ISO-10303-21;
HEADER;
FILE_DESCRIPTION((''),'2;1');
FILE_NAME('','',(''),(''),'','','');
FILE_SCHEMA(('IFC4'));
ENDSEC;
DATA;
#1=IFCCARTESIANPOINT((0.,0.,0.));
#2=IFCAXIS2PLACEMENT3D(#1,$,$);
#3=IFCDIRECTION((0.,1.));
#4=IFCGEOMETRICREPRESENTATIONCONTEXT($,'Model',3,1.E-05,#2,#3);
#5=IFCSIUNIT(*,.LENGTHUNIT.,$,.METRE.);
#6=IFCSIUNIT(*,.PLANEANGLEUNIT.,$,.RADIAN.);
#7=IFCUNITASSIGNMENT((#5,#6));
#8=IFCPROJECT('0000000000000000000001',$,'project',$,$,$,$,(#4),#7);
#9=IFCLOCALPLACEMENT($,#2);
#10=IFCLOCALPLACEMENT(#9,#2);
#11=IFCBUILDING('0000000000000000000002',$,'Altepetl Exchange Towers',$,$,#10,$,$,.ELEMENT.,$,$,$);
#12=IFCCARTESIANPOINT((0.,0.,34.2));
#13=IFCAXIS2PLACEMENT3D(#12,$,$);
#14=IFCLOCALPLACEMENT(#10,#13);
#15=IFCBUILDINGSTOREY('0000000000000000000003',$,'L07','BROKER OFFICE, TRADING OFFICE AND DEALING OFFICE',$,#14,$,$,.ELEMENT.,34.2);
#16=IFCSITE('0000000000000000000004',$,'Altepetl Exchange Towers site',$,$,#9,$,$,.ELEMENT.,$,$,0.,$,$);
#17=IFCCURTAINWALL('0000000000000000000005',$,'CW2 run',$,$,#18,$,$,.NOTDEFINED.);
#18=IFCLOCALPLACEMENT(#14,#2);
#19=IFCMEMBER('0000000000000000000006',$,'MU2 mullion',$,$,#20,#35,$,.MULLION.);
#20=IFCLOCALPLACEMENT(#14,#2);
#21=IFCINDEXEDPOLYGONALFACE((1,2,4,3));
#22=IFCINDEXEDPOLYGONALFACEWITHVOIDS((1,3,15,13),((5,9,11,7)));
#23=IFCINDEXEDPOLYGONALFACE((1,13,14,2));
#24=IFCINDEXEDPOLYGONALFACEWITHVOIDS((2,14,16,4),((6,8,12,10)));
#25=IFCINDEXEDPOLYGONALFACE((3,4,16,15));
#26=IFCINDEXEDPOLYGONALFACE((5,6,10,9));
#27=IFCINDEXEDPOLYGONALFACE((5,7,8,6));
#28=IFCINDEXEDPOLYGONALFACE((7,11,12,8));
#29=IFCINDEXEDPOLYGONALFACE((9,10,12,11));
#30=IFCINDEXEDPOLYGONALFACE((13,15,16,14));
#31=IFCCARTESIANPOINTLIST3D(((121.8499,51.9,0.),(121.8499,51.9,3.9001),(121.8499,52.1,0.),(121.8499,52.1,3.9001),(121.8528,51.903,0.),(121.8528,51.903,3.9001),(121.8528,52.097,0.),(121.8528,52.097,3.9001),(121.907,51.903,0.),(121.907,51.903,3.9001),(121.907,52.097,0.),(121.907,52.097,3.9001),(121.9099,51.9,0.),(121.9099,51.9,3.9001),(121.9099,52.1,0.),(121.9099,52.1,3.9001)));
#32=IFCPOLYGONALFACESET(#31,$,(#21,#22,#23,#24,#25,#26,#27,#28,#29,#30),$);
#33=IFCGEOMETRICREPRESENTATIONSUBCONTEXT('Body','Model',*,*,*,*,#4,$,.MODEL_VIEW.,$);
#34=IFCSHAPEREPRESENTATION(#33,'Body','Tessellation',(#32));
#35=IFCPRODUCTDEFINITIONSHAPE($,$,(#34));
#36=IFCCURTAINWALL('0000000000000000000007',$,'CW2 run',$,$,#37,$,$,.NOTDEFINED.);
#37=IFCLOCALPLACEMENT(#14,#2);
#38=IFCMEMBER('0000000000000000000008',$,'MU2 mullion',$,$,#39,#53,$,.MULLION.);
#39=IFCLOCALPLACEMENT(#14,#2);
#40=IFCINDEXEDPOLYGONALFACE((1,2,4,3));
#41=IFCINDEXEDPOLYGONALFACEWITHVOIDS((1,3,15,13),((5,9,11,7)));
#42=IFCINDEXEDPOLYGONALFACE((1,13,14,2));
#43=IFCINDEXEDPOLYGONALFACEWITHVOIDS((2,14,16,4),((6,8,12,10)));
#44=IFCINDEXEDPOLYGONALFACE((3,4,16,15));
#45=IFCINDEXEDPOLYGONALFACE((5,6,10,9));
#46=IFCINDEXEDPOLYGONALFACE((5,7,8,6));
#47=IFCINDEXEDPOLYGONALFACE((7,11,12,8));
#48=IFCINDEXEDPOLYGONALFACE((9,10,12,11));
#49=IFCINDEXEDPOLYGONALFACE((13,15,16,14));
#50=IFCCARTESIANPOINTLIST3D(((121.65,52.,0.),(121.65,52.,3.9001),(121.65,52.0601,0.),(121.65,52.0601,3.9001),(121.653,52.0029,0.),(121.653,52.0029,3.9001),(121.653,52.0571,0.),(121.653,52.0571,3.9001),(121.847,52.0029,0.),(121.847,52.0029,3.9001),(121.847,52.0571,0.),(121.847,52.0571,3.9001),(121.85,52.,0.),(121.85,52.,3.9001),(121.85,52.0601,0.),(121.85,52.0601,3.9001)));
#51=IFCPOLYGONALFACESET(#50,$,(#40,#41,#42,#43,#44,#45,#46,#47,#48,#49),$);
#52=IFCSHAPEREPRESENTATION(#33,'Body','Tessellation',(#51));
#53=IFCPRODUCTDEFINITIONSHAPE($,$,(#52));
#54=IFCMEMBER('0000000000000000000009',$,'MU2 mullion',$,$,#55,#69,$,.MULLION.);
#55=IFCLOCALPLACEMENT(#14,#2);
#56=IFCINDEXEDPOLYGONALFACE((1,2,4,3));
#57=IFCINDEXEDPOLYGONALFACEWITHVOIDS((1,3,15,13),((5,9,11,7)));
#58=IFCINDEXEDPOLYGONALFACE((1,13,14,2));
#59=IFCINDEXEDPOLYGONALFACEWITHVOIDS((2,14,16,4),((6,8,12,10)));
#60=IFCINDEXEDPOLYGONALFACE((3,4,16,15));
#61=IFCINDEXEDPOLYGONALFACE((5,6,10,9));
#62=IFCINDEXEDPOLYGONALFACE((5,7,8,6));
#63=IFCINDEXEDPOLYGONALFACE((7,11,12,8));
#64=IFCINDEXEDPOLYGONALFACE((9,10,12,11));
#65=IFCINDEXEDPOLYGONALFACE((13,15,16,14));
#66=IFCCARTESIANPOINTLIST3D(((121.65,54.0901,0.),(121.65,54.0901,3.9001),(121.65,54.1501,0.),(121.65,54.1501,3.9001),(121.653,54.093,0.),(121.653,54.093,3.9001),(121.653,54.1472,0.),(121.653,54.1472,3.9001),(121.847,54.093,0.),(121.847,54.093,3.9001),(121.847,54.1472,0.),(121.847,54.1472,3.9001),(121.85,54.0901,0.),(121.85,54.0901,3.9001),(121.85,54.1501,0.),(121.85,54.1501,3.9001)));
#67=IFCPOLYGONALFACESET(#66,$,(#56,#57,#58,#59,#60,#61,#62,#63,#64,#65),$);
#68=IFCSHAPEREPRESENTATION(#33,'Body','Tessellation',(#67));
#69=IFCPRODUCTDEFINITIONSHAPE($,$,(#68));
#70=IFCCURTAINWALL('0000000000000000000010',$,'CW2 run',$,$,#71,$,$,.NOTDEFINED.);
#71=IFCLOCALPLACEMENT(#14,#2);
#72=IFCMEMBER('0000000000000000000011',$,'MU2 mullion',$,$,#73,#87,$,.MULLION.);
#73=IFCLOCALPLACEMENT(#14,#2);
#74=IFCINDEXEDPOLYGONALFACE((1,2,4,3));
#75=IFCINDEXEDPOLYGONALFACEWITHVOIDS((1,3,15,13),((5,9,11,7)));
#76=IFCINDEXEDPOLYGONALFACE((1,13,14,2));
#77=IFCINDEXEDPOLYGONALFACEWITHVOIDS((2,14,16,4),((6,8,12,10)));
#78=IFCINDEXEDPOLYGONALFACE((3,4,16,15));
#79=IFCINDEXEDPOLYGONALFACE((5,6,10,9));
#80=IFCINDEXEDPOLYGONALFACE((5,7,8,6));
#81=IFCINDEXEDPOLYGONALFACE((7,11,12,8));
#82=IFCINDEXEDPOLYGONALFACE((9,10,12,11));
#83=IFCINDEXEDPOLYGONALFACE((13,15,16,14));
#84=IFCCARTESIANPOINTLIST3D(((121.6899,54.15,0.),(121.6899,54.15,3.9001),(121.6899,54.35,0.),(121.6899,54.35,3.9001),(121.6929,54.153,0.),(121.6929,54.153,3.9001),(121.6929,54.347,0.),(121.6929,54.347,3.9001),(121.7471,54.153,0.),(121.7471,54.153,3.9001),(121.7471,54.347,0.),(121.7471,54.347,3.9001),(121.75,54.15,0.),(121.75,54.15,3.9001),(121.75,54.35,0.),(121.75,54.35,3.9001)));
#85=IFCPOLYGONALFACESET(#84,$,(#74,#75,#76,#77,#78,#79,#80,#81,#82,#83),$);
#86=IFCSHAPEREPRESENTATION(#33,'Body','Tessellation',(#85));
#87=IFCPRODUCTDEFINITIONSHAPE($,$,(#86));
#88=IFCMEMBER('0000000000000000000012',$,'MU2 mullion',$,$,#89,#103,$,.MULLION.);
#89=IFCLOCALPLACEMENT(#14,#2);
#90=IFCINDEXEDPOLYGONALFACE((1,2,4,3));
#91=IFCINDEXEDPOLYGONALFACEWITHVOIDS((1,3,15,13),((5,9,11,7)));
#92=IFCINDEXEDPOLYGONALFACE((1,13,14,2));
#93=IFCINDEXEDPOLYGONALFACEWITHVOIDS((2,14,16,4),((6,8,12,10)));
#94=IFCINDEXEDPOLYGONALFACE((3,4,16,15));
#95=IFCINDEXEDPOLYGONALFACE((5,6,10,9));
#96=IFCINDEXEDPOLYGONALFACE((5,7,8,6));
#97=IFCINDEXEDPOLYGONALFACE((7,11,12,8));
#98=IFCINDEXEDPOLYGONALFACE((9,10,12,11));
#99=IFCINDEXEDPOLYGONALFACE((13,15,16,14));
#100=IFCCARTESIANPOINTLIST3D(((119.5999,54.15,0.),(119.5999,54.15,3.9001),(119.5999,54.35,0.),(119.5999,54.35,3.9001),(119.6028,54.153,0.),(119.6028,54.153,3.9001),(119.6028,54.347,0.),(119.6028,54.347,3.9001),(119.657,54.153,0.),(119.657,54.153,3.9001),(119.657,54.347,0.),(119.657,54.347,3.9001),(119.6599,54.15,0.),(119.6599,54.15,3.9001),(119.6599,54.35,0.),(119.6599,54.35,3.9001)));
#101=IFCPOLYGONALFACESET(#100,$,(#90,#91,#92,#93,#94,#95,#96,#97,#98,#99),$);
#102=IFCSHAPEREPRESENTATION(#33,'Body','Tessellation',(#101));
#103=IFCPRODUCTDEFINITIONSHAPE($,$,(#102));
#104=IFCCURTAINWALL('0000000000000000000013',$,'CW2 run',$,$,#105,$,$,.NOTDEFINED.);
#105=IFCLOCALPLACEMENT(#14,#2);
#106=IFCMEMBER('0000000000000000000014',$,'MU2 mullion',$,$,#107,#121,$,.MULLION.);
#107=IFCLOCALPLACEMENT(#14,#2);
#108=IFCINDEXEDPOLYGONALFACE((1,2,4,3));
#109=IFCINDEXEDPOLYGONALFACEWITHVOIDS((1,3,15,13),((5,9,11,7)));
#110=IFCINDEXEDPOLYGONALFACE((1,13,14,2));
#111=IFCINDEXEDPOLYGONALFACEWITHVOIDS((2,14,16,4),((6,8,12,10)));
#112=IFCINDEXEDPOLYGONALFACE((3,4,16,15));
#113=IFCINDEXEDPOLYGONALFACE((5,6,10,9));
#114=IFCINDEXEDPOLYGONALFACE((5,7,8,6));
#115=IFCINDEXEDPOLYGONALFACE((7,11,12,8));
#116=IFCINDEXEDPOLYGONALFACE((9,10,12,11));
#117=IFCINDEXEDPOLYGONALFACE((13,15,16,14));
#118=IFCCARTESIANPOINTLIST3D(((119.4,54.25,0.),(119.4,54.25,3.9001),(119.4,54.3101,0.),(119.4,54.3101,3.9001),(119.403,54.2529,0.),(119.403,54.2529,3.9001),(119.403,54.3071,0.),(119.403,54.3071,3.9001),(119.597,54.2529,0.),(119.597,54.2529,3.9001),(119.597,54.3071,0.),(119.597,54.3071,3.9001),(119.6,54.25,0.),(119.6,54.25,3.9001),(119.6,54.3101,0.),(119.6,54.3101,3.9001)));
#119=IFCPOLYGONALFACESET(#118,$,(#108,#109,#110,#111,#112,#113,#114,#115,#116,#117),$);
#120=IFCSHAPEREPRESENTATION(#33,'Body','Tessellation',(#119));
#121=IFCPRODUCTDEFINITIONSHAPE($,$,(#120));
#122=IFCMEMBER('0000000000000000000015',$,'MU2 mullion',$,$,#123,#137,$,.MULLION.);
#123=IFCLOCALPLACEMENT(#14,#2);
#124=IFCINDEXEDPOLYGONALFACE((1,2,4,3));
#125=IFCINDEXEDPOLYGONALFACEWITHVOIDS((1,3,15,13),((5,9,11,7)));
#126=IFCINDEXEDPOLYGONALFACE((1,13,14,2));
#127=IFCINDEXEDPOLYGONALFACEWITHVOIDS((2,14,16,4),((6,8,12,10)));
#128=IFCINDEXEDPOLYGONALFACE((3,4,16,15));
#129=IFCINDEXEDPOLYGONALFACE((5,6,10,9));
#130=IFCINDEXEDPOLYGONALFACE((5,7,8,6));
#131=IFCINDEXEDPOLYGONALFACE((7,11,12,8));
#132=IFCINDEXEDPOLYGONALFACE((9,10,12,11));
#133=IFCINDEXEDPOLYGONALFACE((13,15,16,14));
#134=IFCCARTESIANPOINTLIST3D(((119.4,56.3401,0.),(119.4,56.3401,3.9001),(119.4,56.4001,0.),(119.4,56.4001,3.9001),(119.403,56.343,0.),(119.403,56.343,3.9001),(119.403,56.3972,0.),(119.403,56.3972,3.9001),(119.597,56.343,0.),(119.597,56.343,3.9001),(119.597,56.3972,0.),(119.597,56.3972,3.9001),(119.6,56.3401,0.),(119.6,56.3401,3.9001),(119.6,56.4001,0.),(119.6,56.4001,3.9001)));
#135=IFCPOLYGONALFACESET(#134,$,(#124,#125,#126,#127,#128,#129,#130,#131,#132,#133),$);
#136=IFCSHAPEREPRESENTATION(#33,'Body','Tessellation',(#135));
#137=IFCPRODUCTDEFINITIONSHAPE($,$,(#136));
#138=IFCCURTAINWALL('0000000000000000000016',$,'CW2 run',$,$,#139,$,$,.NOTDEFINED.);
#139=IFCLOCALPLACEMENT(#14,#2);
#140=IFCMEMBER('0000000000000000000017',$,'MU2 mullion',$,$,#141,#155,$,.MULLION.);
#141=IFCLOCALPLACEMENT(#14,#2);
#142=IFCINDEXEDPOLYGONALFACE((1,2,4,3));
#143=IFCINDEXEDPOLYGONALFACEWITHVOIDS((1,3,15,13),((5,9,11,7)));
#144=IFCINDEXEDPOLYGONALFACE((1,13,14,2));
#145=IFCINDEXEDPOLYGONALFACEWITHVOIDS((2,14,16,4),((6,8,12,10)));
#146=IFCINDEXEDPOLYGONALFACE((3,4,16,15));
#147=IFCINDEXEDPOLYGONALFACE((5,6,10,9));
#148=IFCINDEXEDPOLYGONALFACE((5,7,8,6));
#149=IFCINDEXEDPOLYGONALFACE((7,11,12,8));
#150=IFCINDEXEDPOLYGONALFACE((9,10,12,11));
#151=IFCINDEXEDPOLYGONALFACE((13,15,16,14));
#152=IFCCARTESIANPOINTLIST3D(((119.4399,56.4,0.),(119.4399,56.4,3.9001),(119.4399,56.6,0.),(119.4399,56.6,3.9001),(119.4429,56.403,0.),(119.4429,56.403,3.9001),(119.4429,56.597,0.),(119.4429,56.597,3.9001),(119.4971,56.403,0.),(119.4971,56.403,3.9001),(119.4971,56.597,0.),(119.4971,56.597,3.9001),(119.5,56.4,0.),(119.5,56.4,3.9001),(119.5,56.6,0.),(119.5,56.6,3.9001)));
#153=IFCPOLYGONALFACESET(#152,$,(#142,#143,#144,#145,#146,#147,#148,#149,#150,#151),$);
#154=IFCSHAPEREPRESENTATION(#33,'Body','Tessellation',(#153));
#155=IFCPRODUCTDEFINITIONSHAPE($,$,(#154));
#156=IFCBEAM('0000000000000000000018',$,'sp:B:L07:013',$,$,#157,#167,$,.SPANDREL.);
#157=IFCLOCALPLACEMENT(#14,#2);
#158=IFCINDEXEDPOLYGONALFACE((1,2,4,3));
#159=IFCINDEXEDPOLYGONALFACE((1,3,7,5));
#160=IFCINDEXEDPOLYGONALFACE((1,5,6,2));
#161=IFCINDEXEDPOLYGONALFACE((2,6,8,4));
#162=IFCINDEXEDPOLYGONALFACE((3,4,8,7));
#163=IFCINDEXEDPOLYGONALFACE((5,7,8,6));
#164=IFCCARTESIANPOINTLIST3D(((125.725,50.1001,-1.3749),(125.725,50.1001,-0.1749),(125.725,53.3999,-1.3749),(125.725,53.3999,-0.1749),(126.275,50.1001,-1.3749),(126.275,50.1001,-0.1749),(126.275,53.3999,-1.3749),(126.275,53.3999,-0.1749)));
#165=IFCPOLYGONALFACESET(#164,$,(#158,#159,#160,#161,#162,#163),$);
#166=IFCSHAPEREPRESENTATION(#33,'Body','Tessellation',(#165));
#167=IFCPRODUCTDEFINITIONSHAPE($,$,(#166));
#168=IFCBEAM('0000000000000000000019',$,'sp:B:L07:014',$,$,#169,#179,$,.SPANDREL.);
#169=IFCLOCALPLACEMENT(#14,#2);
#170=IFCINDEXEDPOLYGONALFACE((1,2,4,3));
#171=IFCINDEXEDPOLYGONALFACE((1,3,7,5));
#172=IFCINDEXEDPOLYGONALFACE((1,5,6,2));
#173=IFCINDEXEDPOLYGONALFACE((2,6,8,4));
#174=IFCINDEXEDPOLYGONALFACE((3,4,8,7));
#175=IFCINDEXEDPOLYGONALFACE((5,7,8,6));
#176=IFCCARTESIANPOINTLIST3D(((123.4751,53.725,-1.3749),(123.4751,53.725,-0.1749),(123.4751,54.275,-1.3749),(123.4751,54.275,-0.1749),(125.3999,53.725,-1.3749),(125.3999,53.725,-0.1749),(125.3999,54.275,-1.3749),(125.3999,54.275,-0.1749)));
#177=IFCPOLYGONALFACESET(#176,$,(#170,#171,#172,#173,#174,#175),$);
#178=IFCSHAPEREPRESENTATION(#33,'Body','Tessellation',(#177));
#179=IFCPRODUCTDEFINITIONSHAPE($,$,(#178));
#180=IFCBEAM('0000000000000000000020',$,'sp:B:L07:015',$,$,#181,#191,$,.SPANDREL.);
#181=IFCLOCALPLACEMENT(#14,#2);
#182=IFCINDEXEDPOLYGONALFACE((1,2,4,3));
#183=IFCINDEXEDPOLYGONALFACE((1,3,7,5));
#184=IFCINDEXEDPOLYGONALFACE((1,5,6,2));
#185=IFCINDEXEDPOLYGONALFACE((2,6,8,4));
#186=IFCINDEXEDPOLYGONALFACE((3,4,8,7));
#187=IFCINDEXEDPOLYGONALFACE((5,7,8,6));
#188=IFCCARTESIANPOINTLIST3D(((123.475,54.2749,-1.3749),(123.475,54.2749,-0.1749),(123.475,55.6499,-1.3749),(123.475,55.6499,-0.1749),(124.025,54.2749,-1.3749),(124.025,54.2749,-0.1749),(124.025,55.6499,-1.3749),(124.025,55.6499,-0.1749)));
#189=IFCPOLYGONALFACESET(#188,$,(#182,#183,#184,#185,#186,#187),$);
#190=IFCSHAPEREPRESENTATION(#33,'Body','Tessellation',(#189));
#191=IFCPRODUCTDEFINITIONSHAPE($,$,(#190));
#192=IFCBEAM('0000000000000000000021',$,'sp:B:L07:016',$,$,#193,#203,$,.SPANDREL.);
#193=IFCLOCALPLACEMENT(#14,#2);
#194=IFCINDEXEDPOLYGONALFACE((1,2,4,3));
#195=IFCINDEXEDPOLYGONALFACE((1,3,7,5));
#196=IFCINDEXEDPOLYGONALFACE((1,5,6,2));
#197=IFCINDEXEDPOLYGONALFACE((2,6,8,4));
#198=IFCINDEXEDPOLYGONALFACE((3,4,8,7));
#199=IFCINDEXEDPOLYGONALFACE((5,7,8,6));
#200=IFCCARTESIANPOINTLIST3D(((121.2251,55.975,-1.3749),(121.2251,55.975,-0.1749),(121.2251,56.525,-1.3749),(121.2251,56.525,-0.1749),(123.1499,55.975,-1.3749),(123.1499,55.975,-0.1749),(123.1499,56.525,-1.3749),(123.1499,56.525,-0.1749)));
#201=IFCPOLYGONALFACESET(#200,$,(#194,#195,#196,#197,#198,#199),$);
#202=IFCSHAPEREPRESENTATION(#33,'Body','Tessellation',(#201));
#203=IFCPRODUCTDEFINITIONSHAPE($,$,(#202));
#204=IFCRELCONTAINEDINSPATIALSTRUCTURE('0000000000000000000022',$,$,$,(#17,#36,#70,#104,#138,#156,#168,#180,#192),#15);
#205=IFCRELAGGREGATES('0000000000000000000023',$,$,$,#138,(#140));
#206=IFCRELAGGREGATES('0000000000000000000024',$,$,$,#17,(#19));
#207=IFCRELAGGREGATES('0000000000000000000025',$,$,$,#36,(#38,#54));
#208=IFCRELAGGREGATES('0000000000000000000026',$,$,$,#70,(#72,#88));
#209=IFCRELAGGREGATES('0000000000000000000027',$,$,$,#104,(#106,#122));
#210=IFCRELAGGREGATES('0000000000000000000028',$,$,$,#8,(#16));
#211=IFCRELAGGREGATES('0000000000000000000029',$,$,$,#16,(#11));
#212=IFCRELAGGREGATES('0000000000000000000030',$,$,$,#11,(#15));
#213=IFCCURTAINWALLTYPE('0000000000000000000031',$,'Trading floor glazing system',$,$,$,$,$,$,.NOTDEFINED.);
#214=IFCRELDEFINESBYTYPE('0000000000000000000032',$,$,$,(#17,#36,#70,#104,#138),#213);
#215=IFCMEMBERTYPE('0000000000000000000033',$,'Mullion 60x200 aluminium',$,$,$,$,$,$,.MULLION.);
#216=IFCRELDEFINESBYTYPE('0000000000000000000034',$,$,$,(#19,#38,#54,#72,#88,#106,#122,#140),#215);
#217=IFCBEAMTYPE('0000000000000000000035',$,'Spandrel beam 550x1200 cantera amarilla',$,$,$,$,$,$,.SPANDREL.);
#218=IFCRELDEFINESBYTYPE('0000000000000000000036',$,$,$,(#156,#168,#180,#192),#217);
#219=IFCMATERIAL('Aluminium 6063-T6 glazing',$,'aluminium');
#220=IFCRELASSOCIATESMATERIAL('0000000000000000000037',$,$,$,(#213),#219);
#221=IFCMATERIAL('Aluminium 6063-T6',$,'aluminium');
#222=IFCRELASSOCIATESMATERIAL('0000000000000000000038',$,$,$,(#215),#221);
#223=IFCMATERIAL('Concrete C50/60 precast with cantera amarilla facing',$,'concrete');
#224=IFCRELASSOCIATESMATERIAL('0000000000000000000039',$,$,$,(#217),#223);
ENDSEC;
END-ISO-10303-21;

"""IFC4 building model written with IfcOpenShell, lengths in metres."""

from ifc_helpers import new_model, si_unit, direction, frame, origin, origin_2d, place, context, subcontext, project, spatial, rectangle, hollow_rectangle, extrude, material, material_profile, profile_set, type_object, element, aggregate, save


model = new_model("IFC4")

# Units and contexts
model_context = context("Model", 3, precision=1e-05, world=origin(), true_north=direction((0.0, 1.0)))
body_context = subcontext(model_context, "Body", "Model", "MODEL_VIEW")
ifc_project = project(units=[si_unit("LENGTHUNIT", "METRE"), si_unit("PLANEANGLEUNIT", "RADIAN")], contexts=[model_context])

# Site, building, storey
site_placement = place(None, origin())
site = spatial("IfcSite", under=ifc_project, at=site_placement, Name="Altepetl Exchange Towers site", CompositionType="ELEMENT", RefElevation=0.0)
building_placement = place(site_placement, origin())
building = spatial("IfcBuilding", under=site, at=building_placement, Name="Altepetl Exchange Towers", CompositionType="ELEMENT")
storey_placement = place(building_placement, frame((0.0, 0.0, 34.2)))
storey = spatial("IfcBuildingStorey", under=building, at=storey_placement, Name="L07", Description="BROKER OFFICE, TRADING OFFICE AND DEALING OFFICE", CompositionType="ELEMENT", Elevation=34.2)

# Curtain walls, members
ifc_material_1 = material(Name="Aluminium 6063-T6 glazing", Category="aluminium")
curtain_wall_type = type_object("IfcCurtainWallType", Name="Trading floor glazing system", PredefinedType="NOTDEFINED", material=ifc_material_1)
ifc_material_2 = material(Name="Aluminium 6063-T6", Category="aluminium")
ifc_material_profile_1 = material_profile(ifc_material_2, hollow_rectangle(XDim=0.0601, YDim=0.2, WallThickness=0.0029, at=origin_2d()), Name="Mullion 60x200 aluminium")
ifc_profile_set_1 = profile_set([ifc_material_profile_1], Name="Aluminium 6063-T6")
member_type = type_object("IfcMemberType", Name="Mullion 60x200 aluminium", PredefinedType="MULLION", material=ifc_profile_set_1)
curtain_wall_1_placement = place(storey_placement, origin())
curtain_wall_1 = element("IfcCurtainWall", 1, at=curtain_wall_1_placement, inside=storey, type_object=curtain_wall_type, Name="CW2 run", PredefinedType="NOTDEFINED")
member_1_placement = place(storey_placement, frame((121.8799, 52.0, 0.0), z_axis=(0.0, 0.0, 1.0), x_axis=(-1.0, 0.0, 0.0)))
member_1 = element("IfcMember", 2, at=member_1_placement, type_object=member_type, Name="MU2 mullion", PredefinedType="MULLION", context=body_context, shape_type="SweptSolid", body=[
    extrude(hollow_rectangle(XDim=0.0601, YDim=0.2, WallThickness=0.0029, at=origin_2d()), origin(), (0.0, 0.0, 1.0), 3.9001),
])
curtain_wall_2_placement = place(storey_placement, origin())
curtain_wall_2 = element("IfcCurtainWall", 3, at=curtain_wall_2_placement, inside=storey, type_object=curtain_wall_type, Name="CW2 run", PredefinedType="NOTDEFINED")
member_2_placement = place(storey_placement, frame((121.75, 52.03, 0.0), z_axis=(0.0, 0.0, 1.0), x_axis=(0.0, 1.0, 0.0)))
member_2 = element("IfcMember", 4, at=member_2_placement, type_object=member_type, Name="MU2 mullion", PredefinedType="MULLION", context=body_context, shape_type="SweptSolid", body=[
    extrude(hollow_rectangle(XDim=0.0601, YDim=0.2, WallThickness=0.0029, at=origin_2d()), origin(), (0.0, 0.0, 1.0), 3.9001),
])
member_3_placement = place(storey_placement, frame((121.75, 54.1201, 0.0), z_axis=(0.0, 0.0, 1.0), x_axis=(0.0, 1.0, 0.0)))
member_3 = element("IfcMember", 5, at=member_3_placement, type_object=member_type, Name="MU2 mullion", PredefinedType="MULLION", context=body_context, shape_type="SweptSolid", body=[
    extrude(hollow_rectangle(XDim=0.0601, YDim=0.2, WallThickness=0.0029, at=origin_2d()), origin(), (0.0, 0.0, 1.0), 3.9001),
])
curtain_wall_3_placement = place(storey_placement, origin())
curtain_wall_3 = element("IfcCurtainWall", 6, at=curtain_wall_3_placement, inside=storey, type_object=curtain_wall_type, Name="CW2 run", PredefinedType="NOTDEFINED")
member_4_placement = place(storey_placement, frame((121.72, 54.25, 0.0), z_axis=(0.0, 0.0, 1.0), x_axis=(-1.0, 0.0, 0.0)))
member_4 = element("IfcMember", 7, at=member_4_placement, type_object=member_type, Name="MU2 mullion", PredefinedType="MULLION", context=body_context, shape_type="SweptSolid", body=[
    extrude(hollow_rectangle(XDim=0.0601, YDim=0.2, WallThickness=0.0029, at=origin_2d()), origin(), (0.0, 0.0, 1.0), 3.9001),
])
member_5_placement = place(storey_placement, frame((119.6299, 54.25, 0.0), z_axis=(0.0, 0.0, 1.0), x_axis=(-1.0, 0.0, 0.0)))
member_5 = element("IfcMember", 8, at=member_5_placement, type_object=member_type, Name="MU2 mullion", PredefinedType="MULLION", context=body_context, shape_type="SweptSolid", body=[
    extrude(hollow_rectangle(XDim=0.0601, YDim=0.2, WallThickness=0.0029, at=origin_2d()), origin(), (0.0, 0.0, 1.0), 3.9001),
])
curtain_wall_4_placement = place(storey_placement, origin())
curtain_wall_4 = element("IfcCurtainWall", 9, at=curtain_wall_4_placement, inside=storey, type_object=curtain_wall_type, Name="CW2 run", PredefinedType="NOTDEFINED")
member_6_placement = place(storey_placement, frame((119.5, 54.28, 0.0), z_axis=(0.0, 0.0, 1.0), x_axis=(0.0, 1.0, 0.0)))
member_6 = element("IfcMember", 10, at=member_6_placement, type_object=member_type, Name="MU2 mullion", PredefinedType="MULLION", context=body_context, shape_type="SweptSolid", body=[
    extrude(hollow_rectangle(XDim=0.0601, YDim=0.2, WallThickness=0.0029, at=origin_2d()), origin(), (0.0, 0.0, 1.0), 3.9001),
])
member_7_placement = place(storey_placement, frame((119.5, 56.3701, 0.0), z_axis=(0.0, 0.0, 1.0), x_axis=(0.0, 1.0, 0.0)))
member_7 = element("IfcMember", 11, at=member_7_placement, type_object=member_type, Name="MU2 mullion", PredefinedType="MULLION", context=body_context, shape_type="SweptSolid", body=[
    extrude(hollow_rectangle(XDim=0.0601, YDim=0.2, WallThickness=0.0029, at=origin_2d()), origin(), (0.0, 0.0, 1.0), 3.9001),
])

# Curtain wall, member
curtain_wall_5_placement = place(storey_placement, origin())
curtain_wall_5 = element("IfcCurtainWall", 12, at=curtain_wall_5_placement, inside=storey, type_object=curtain_wall_type, Name="CW2 run", PredefinedType="NOTDEFINED")
member_8_placement = place(storey_placement, frame((119.47, 56.5, 0.0), z_axis=(0.0, 0.0, 1.0), x_axis=(-1.0, 0.0, 0.0)))
member_8 = element("IfcMember", 13, at=member_8_placement, type_object=member_type, Name="MU2 mullion", PredefinedType="MULLION", context=body_context, shape_type="SweptSolid", body=[
    extrude(hollow_rectangle(XDim=0.0601, YDim=0.2, WallThickness=0.0029, at=origin_2d()), origin(), (0.0, 0.0, 1.0), 3.9001),
])
aggregate(curtain_wall_5, [member_8])

# Beams
ifc_material_3 = material(Name="Concrete C50/60 precast with cantera amarilla facing", Category="concrete")
ifc_material_profile_2 = material_profile(ifc_material_3, rectangle(XDim=0.55, YDim=1.2, at=origin_2d()), Name="550 x 1200")
ifc_profile_set_2 = profile_set([ifc_material_profile_2], Name="Concrete C50/60 precast with cantera amarilla facing")
beam_type_1 = type_object("IfcBeamType", Name="Spandrel beam 550x1200 cantera amarilla", PredefinedType="SPANDREL", material=ifc_profile_set_2)
beam_1_placement = place(storey_placement, frame((126.0, 50.1001, -0.7749), z_axis=(0.0, 1.0, 0.0), x_axis=(-1.0, 0.0, 0.0)))
element("IfcBeam", 14, at=beam_1_placement, inside=storey, type_object=beam_type_1, Name="sp:B:L07:013", PredefinedType="SPANDREL", context=body_context, shape_type="SweptSolid", body=[
    extrude(rectangle(XDim=0.55, YDim=1.2, at=origin_2d()), origin(), (0.0, 0.0, 1.0), 3.2998),
])
beam_2_placement = place(storey_placement, frame((125.3999, 54.0, -0.7749), z_axis=(-1.0, 0.0, 0.0), x_axis=(0.0, -1.0, 0.0)))
element("IfcBeam", 15, at=beam_2_placement, inside=storey, type_object=beam_type_1, Name="sp:B:L07:014", PredefinedType="SPANDREL", context=body_context, shape_type="SweptSolid", body=[
    extrude(rectangle(XDim=0.55, YDim=1.2, at=origin_2d()), origin(), (0.0, 0.0, 1.0), 1.9248),
])
beam_3_placement = place(storey_placement, frame((123.75, 54.2749, -0.7749), z_axis=(0.0, 1.0, 0.0), x_axis=(-1.0, 0.0, 0.0)))
element("IfcBeam", 16, at=beam_3_placement, inside=storey, type_object=beam_type_1, Name="sp:B:L07:015", PredefinedType="SPANDREL", context=body_context, shape_type="SweptSolid", body=[
    extrude(rectangle(XDim=0.55, YDim=1.2, at=origin_2d()), origin(), (0.0, 0.0, 1.0), 1.375),
])
beam_4_placement = place(storey_placement, frame((123.1499, 56.25, -0.7749), z_axis=(-1.0, 0.0, 0.0), x_axis=(0.0, -1.0, 0.0)))
element("IfcBeam", 17, at=beam_4_placement, inside=storey, type_object=beam_type_1, Name="sp:B:L07:016", PredefinedType="SPANDREL", context=body_context, shape_type="SweptSolid", body=[
    extrude(rectangle(XDim=0.55, YDim=1.2, at=origin_2d()), origin(), (0.0, 0.0, 1.0), 1.9248),
])

aggregate(curtain_wall_1, [member_1])
aggregate(curtain_wall_2, [member_2, member_3])
aggregate(curtain_wall_3, [member_4, member_5])
aggregate(curtain_wall_4, [member_6, member_7])

save(model, "model.ifc")
